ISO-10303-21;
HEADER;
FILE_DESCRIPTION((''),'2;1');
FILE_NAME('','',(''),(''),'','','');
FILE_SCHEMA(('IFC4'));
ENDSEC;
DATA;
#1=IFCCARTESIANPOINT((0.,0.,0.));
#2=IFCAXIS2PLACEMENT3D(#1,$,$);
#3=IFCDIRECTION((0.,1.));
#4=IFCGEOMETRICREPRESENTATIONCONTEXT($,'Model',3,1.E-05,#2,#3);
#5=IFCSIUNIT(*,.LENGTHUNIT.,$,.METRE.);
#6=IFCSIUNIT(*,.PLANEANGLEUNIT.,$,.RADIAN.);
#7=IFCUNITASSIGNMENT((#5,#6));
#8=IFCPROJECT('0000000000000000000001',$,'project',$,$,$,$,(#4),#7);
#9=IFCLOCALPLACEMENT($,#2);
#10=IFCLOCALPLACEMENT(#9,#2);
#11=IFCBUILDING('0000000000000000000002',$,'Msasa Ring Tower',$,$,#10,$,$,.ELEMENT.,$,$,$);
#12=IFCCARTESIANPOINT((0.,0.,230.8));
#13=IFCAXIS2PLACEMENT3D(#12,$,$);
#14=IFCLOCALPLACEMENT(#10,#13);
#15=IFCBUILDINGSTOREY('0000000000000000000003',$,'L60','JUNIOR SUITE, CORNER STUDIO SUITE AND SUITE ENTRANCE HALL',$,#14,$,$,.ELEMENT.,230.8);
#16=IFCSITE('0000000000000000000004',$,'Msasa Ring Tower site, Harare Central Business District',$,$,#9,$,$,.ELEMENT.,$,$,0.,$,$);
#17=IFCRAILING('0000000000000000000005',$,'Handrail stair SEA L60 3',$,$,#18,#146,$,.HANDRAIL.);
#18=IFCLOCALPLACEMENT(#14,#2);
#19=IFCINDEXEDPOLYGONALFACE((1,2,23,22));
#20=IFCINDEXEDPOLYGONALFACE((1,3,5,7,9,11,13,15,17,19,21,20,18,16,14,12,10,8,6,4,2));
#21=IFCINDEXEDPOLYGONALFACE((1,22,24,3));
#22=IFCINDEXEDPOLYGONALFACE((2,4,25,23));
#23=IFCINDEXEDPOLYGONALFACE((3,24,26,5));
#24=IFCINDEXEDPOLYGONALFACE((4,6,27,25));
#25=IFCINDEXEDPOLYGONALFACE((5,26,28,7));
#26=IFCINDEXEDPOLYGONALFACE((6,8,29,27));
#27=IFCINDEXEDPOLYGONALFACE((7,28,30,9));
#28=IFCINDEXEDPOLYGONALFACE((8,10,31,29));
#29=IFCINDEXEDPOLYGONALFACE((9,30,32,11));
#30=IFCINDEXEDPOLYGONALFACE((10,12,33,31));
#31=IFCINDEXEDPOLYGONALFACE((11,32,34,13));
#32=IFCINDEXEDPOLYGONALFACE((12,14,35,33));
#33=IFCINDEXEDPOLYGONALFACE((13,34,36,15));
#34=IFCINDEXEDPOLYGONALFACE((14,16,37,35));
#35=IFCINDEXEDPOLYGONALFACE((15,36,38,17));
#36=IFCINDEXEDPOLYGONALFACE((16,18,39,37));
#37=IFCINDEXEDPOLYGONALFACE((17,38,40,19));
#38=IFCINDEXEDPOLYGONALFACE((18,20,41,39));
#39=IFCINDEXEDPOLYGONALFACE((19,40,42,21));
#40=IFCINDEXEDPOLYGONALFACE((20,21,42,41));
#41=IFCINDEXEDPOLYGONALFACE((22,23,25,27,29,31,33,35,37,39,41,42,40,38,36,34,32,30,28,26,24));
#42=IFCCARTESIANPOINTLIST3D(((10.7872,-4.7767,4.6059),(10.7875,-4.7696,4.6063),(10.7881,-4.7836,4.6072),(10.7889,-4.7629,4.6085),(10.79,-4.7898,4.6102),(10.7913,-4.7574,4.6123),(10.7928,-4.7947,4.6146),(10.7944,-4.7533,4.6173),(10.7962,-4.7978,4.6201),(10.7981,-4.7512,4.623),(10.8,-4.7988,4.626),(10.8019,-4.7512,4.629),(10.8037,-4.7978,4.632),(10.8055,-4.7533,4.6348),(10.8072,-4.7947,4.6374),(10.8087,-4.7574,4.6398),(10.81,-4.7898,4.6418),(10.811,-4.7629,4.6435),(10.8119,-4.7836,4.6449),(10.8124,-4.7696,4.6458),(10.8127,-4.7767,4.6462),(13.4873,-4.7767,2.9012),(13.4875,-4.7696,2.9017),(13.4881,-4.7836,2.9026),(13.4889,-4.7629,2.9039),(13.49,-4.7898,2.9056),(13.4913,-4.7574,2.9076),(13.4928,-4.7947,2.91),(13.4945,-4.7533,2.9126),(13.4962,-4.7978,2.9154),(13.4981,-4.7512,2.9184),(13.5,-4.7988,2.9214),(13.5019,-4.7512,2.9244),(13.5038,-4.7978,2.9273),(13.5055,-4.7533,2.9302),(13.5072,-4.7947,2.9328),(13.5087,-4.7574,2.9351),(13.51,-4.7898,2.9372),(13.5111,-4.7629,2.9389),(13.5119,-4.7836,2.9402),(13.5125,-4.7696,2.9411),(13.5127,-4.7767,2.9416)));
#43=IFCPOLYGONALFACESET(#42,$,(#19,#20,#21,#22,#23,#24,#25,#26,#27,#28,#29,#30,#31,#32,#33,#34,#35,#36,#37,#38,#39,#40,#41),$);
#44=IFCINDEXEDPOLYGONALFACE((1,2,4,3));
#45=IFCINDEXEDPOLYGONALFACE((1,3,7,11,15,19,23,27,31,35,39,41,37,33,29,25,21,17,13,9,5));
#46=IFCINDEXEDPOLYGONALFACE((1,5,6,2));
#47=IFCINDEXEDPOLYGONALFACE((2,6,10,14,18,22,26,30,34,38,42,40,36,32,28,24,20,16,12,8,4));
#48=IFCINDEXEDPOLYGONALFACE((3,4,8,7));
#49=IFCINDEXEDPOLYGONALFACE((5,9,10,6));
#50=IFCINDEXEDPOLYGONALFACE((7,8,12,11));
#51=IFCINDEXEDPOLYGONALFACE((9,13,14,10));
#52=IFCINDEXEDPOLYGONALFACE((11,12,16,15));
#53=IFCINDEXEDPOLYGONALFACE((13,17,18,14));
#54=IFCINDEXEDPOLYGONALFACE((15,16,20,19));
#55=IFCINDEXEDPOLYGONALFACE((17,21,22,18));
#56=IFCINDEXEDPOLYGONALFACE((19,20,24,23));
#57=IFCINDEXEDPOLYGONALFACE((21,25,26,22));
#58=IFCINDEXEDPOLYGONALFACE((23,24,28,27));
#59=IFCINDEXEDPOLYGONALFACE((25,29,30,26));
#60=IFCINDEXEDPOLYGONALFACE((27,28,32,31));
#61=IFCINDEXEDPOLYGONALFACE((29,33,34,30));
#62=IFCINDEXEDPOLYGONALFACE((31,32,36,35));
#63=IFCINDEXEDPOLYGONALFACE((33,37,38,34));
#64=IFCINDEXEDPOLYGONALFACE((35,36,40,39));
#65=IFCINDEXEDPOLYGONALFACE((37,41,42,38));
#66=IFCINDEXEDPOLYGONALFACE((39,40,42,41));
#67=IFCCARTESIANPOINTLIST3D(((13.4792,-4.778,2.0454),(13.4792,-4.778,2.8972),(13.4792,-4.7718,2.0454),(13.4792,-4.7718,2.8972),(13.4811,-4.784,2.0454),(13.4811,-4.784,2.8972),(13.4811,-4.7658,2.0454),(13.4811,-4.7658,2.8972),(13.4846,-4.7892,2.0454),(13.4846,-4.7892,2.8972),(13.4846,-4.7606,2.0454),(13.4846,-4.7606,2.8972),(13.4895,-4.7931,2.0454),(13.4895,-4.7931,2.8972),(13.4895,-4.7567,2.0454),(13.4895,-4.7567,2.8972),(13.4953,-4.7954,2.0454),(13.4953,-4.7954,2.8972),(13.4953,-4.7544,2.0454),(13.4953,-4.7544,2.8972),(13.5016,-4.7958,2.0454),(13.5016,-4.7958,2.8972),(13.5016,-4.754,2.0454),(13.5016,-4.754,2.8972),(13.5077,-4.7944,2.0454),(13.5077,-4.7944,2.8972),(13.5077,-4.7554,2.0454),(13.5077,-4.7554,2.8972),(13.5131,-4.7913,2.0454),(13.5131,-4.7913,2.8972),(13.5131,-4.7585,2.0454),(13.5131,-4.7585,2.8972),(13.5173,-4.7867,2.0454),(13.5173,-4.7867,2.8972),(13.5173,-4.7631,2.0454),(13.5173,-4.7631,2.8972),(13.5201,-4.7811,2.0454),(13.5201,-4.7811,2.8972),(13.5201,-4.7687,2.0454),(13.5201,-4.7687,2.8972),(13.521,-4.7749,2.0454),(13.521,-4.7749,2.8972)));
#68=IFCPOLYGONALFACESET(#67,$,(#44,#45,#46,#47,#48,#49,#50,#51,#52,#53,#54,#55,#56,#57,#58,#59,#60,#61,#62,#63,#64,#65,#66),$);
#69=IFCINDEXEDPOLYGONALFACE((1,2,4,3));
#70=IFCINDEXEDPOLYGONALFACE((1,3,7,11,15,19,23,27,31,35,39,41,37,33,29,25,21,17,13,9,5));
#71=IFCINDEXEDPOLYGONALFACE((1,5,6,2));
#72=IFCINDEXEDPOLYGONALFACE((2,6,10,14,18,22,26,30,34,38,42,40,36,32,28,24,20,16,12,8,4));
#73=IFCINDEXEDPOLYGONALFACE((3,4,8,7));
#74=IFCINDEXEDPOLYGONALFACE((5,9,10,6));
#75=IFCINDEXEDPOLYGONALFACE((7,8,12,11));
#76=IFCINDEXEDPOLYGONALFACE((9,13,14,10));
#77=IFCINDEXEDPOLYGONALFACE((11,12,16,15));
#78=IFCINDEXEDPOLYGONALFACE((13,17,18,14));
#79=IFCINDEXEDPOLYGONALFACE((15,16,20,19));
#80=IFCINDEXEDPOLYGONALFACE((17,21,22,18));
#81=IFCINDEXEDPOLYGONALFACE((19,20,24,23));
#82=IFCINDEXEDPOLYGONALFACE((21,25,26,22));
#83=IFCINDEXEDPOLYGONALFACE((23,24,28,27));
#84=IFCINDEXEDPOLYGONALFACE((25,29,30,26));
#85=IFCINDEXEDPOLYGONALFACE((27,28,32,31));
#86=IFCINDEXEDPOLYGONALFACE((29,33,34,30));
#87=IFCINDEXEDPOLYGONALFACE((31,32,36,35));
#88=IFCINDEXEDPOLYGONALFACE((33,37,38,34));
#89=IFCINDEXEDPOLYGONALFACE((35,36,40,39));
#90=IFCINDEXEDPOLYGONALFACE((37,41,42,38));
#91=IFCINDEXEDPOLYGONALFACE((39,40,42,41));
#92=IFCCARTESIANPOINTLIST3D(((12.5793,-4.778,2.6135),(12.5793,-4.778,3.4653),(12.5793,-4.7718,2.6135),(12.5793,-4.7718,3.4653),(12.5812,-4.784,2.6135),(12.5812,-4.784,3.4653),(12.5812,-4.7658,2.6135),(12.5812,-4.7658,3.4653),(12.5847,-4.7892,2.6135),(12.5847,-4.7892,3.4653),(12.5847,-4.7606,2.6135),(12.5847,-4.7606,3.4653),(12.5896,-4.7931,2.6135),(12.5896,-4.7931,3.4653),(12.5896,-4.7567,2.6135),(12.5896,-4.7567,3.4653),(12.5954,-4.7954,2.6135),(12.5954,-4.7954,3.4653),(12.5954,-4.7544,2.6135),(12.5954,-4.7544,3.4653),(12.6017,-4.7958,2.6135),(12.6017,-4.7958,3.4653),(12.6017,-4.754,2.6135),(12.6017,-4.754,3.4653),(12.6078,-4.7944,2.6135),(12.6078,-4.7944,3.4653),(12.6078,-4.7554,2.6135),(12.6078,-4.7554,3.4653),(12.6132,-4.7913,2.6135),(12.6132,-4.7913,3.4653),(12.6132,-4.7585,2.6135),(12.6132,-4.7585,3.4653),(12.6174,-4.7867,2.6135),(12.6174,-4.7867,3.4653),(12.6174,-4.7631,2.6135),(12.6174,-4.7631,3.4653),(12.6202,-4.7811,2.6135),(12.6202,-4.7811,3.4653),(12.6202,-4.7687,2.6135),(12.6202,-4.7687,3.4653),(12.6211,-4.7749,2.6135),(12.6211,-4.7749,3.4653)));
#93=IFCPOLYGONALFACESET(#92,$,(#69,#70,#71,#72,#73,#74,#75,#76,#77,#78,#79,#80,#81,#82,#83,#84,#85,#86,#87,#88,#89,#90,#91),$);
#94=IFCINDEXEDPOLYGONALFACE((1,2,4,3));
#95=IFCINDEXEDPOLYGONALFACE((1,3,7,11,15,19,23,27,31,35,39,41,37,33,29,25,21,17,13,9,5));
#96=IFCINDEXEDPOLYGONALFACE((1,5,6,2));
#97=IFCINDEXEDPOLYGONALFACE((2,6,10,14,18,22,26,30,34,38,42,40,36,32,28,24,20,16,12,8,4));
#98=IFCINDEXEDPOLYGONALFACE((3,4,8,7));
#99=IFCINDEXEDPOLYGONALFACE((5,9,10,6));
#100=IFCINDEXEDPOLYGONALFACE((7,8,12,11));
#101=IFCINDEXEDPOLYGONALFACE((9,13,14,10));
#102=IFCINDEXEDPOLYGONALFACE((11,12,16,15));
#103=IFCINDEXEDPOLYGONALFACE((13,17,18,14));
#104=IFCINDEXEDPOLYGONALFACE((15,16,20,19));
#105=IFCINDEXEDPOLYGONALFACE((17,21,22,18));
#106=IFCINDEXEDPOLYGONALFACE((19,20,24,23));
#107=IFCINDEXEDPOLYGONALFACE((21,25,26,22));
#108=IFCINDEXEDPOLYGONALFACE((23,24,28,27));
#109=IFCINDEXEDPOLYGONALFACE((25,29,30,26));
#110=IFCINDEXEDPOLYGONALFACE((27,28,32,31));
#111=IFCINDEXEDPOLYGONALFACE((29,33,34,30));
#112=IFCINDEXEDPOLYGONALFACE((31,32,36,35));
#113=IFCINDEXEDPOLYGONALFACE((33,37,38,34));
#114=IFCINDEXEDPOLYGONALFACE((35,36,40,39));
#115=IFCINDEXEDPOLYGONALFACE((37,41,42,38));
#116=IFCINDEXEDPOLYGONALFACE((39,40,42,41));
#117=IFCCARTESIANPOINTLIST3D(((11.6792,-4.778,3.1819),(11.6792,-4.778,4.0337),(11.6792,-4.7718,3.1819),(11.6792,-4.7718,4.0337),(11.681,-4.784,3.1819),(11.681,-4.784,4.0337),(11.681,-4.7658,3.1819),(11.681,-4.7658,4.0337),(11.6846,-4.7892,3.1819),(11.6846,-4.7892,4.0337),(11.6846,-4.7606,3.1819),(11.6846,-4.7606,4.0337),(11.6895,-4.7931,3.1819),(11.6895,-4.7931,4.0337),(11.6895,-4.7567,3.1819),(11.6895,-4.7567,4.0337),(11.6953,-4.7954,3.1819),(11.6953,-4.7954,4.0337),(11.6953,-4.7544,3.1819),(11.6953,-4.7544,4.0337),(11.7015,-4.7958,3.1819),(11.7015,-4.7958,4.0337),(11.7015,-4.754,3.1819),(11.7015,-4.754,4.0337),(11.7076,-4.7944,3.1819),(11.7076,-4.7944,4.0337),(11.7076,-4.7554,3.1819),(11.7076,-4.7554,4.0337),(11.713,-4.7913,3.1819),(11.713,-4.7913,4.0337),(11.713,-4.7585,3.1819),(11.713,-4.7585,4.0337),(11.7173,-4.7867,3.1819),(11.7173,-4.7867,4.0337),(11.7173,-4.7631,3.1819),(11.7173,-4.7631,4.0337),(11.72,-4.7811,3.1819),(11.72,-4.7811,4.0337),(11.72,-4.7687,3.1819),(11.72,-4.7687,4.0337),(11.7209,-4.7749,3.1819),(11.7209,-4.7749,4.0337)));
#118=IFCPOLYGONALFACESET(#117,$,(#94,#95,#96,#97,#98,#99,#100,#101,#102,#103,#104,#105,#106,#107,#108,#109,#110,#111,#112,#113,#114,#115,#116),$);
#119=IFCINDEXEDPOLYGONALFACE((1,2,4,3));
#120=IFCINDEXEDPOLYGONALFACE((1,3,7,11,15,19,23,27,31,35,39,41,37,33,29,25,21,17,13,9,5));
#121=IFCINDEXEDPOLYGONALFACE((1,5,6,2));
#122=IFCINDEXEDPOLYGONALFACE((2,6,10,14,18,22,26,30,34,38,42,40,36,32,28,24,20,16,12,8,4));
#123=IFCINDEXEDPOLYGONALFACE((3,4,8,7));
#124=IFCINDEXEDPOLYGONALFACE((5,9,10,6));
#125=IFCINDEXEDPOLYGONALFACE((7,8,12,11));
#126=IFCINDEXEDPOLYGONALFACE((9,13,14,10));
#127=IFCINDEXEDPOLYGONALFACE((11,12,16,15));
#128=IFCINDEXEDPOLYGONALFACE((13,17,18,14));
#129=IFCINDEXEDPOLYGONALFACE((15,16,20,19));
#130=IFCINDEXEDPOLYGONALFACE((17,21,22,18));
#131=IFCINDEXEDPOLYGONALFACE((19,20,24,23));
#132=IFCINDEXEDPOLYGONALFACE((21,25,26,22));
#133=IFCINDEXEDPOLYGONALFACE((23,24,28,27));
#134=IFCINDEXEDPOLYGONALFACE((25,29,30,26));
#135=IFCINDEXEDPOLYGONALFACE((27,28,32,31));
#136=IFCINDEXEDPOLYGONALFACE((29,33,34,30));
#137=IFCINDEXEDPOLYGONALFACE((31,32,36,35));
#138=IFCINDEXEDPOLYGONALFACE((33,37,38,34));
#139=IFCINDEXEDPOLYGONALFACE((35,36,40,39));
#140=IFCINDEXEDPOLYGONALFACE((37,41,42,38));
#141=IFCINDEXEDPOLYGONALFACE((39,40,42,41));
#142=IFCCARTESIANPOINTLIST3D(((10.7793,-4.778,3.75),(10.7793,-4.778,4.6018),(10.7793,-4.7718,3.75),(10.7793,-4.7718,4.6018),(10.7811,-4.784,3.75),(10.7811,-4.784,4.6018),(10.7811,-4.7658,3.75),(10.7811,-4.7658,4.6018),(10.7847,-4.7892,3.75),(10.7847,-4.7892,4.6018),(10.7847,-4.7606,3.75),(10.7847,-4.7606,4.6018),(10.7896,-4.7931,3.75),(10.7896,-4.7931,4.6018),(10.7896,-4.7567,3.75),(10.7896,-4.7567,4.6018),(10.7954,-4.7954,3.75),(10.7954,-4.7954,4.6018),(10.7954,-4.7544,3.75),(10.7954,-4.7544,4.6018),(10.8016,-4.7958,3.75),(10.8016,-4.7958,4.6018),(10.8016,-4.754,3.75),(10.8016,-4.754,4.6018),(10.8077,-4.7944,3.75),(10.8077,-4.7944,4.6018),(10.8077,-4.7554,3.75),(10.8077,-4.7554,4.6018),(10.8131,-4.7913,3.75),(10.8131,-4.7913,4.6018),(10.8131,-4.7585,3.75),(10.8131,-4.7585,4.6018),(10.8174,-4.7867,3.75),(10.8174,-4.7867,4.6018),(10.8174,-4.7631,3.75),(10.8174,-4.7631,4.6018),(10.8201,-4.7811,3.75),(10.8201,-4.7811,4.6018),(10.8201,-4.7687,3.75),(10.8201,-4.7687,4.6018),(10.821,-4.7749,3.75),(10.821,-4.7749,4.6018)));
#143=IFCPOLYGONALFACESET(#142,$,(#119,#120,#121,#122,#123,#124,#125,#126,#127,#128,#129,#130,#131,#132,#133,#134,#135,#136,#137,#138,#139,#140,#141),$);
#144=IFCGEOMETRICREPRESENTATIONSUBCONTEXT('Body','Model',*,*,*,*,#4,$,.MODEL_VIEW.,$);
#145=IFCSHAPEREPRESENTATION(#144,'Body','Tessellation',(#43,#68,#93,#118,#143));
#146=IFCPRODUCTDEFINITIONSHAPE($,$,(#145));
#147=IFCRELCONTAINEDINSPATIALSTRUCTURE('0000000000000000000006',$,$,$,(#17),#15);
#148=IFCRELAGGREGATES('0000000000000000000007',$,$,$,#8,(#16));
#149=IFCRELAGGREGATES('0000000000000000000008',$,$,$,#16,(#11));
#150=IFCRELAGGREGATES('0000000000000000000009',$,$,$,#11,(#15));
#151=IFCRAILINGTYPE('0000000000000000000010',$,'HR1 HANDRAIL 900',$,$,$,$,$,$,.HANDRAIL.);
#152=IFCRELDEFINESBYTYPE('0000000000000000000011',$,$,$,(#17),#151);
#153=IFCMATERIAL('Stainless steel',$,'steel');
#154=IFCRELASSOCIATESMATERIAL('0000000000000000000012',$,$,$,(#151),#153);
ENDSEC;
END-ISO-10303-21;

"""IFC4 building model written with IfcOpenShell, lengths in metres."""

from ifc_helpers import new_model, si_unit, direction, frame, origin, origin_2d, place, context, subcontext, project, spatial, circle, extrude, material, type_object, element, save


model = new_model("IFC4")

# Units and contexts
model_context = context("Model", 3, precision=1e-05, world=origin(), true_north=direction((0.0, 1.0)))
body_context = subcontext(model_context, "Body", "Model", "MODEL_VIEW")
ifc_project = project(units=[si_unit("LENGTHUNIT", "METRE"), si_unit("PLANEANGLEUNIT", "RADIAN")], contexts=[model_context])

# Site, building, storey
site_placement = place(None, origin())
site = spatial("IfcSite", under=ifc_project, at=site_placement, Name="Msasa Ring Tower site, Harare Central Business District", CompositionType="ELEMENT", RefElevation=0.0)
building_placement = place(site_placement, origin())
building = spatial("IfcBuilding", under=site, at=building_placement, Name="Msasa Ring Tower", CompositionType="ELEMENT")
storey_placement = place(building_placement, frame((0.0, 0.0, 230.8)))
storey = spatial("IfcBuildingStorey", under=building, at=storey_placement, Name="L60", Description="JUNIOR SUITE, CORNER STUDIO SUITE AND SUITE ENTRANCE HALL", CompositionType="ELEMENT", Elevation=230.8)

# Railing
ifc_material_1 = material(Name="Stainless steel", Category="steel")
railing_type = type_object("IfcRailingType", Name="HR1 HANDRAIL 900", PredefinedType="HANDRAIL", material=ifc_material_1)
for number, where, name in (
    (1, (13.5, -4.7749, 2.0454), "Handrail stair SEA L60 3"),
):
    element("IfcRailing", number, at=place(storey_placement, frame(where)), inside=storey, type_object=railing_type, Name=name, PredefinedType="HANDRAIL", context=body_context, shape_type="SweptSolid", body=[
        extrude(circle(Radius=0.0239, at=origin_2d()), frame((0.0, 0.0, 0.876), z_axis=(-0.84558, 0.0, 0.533849), x_axis=(0.0, -1.0, 0.0)), (0.0, 0.0, 1.0), 3.1931),
        extrude(circle(Radius=0.021, at=origin_2d()), origin(), (0.0, 0.0, 1.0), 0.8518),
        extrude(circle(Radius=0.021, at=origin_2d()), frame((-0.8999, 0.0, 0.5681)), (0.0, 0.0, 1.0), 0.8518),
        extrude(circle(Radius=0.021, at=origin_2d()), frame((-1.8, 0.0, 1.1365)), (0.0, 0.0, 1.0), 0.8518),
        extrude(circle(Radius=0.021, at=origin_2d()), frame((-2.7, 0.0, 1.7046)), (0.0, 0.0, 1.0), 0.8518),
    ])

save(model, "model.ifc")
